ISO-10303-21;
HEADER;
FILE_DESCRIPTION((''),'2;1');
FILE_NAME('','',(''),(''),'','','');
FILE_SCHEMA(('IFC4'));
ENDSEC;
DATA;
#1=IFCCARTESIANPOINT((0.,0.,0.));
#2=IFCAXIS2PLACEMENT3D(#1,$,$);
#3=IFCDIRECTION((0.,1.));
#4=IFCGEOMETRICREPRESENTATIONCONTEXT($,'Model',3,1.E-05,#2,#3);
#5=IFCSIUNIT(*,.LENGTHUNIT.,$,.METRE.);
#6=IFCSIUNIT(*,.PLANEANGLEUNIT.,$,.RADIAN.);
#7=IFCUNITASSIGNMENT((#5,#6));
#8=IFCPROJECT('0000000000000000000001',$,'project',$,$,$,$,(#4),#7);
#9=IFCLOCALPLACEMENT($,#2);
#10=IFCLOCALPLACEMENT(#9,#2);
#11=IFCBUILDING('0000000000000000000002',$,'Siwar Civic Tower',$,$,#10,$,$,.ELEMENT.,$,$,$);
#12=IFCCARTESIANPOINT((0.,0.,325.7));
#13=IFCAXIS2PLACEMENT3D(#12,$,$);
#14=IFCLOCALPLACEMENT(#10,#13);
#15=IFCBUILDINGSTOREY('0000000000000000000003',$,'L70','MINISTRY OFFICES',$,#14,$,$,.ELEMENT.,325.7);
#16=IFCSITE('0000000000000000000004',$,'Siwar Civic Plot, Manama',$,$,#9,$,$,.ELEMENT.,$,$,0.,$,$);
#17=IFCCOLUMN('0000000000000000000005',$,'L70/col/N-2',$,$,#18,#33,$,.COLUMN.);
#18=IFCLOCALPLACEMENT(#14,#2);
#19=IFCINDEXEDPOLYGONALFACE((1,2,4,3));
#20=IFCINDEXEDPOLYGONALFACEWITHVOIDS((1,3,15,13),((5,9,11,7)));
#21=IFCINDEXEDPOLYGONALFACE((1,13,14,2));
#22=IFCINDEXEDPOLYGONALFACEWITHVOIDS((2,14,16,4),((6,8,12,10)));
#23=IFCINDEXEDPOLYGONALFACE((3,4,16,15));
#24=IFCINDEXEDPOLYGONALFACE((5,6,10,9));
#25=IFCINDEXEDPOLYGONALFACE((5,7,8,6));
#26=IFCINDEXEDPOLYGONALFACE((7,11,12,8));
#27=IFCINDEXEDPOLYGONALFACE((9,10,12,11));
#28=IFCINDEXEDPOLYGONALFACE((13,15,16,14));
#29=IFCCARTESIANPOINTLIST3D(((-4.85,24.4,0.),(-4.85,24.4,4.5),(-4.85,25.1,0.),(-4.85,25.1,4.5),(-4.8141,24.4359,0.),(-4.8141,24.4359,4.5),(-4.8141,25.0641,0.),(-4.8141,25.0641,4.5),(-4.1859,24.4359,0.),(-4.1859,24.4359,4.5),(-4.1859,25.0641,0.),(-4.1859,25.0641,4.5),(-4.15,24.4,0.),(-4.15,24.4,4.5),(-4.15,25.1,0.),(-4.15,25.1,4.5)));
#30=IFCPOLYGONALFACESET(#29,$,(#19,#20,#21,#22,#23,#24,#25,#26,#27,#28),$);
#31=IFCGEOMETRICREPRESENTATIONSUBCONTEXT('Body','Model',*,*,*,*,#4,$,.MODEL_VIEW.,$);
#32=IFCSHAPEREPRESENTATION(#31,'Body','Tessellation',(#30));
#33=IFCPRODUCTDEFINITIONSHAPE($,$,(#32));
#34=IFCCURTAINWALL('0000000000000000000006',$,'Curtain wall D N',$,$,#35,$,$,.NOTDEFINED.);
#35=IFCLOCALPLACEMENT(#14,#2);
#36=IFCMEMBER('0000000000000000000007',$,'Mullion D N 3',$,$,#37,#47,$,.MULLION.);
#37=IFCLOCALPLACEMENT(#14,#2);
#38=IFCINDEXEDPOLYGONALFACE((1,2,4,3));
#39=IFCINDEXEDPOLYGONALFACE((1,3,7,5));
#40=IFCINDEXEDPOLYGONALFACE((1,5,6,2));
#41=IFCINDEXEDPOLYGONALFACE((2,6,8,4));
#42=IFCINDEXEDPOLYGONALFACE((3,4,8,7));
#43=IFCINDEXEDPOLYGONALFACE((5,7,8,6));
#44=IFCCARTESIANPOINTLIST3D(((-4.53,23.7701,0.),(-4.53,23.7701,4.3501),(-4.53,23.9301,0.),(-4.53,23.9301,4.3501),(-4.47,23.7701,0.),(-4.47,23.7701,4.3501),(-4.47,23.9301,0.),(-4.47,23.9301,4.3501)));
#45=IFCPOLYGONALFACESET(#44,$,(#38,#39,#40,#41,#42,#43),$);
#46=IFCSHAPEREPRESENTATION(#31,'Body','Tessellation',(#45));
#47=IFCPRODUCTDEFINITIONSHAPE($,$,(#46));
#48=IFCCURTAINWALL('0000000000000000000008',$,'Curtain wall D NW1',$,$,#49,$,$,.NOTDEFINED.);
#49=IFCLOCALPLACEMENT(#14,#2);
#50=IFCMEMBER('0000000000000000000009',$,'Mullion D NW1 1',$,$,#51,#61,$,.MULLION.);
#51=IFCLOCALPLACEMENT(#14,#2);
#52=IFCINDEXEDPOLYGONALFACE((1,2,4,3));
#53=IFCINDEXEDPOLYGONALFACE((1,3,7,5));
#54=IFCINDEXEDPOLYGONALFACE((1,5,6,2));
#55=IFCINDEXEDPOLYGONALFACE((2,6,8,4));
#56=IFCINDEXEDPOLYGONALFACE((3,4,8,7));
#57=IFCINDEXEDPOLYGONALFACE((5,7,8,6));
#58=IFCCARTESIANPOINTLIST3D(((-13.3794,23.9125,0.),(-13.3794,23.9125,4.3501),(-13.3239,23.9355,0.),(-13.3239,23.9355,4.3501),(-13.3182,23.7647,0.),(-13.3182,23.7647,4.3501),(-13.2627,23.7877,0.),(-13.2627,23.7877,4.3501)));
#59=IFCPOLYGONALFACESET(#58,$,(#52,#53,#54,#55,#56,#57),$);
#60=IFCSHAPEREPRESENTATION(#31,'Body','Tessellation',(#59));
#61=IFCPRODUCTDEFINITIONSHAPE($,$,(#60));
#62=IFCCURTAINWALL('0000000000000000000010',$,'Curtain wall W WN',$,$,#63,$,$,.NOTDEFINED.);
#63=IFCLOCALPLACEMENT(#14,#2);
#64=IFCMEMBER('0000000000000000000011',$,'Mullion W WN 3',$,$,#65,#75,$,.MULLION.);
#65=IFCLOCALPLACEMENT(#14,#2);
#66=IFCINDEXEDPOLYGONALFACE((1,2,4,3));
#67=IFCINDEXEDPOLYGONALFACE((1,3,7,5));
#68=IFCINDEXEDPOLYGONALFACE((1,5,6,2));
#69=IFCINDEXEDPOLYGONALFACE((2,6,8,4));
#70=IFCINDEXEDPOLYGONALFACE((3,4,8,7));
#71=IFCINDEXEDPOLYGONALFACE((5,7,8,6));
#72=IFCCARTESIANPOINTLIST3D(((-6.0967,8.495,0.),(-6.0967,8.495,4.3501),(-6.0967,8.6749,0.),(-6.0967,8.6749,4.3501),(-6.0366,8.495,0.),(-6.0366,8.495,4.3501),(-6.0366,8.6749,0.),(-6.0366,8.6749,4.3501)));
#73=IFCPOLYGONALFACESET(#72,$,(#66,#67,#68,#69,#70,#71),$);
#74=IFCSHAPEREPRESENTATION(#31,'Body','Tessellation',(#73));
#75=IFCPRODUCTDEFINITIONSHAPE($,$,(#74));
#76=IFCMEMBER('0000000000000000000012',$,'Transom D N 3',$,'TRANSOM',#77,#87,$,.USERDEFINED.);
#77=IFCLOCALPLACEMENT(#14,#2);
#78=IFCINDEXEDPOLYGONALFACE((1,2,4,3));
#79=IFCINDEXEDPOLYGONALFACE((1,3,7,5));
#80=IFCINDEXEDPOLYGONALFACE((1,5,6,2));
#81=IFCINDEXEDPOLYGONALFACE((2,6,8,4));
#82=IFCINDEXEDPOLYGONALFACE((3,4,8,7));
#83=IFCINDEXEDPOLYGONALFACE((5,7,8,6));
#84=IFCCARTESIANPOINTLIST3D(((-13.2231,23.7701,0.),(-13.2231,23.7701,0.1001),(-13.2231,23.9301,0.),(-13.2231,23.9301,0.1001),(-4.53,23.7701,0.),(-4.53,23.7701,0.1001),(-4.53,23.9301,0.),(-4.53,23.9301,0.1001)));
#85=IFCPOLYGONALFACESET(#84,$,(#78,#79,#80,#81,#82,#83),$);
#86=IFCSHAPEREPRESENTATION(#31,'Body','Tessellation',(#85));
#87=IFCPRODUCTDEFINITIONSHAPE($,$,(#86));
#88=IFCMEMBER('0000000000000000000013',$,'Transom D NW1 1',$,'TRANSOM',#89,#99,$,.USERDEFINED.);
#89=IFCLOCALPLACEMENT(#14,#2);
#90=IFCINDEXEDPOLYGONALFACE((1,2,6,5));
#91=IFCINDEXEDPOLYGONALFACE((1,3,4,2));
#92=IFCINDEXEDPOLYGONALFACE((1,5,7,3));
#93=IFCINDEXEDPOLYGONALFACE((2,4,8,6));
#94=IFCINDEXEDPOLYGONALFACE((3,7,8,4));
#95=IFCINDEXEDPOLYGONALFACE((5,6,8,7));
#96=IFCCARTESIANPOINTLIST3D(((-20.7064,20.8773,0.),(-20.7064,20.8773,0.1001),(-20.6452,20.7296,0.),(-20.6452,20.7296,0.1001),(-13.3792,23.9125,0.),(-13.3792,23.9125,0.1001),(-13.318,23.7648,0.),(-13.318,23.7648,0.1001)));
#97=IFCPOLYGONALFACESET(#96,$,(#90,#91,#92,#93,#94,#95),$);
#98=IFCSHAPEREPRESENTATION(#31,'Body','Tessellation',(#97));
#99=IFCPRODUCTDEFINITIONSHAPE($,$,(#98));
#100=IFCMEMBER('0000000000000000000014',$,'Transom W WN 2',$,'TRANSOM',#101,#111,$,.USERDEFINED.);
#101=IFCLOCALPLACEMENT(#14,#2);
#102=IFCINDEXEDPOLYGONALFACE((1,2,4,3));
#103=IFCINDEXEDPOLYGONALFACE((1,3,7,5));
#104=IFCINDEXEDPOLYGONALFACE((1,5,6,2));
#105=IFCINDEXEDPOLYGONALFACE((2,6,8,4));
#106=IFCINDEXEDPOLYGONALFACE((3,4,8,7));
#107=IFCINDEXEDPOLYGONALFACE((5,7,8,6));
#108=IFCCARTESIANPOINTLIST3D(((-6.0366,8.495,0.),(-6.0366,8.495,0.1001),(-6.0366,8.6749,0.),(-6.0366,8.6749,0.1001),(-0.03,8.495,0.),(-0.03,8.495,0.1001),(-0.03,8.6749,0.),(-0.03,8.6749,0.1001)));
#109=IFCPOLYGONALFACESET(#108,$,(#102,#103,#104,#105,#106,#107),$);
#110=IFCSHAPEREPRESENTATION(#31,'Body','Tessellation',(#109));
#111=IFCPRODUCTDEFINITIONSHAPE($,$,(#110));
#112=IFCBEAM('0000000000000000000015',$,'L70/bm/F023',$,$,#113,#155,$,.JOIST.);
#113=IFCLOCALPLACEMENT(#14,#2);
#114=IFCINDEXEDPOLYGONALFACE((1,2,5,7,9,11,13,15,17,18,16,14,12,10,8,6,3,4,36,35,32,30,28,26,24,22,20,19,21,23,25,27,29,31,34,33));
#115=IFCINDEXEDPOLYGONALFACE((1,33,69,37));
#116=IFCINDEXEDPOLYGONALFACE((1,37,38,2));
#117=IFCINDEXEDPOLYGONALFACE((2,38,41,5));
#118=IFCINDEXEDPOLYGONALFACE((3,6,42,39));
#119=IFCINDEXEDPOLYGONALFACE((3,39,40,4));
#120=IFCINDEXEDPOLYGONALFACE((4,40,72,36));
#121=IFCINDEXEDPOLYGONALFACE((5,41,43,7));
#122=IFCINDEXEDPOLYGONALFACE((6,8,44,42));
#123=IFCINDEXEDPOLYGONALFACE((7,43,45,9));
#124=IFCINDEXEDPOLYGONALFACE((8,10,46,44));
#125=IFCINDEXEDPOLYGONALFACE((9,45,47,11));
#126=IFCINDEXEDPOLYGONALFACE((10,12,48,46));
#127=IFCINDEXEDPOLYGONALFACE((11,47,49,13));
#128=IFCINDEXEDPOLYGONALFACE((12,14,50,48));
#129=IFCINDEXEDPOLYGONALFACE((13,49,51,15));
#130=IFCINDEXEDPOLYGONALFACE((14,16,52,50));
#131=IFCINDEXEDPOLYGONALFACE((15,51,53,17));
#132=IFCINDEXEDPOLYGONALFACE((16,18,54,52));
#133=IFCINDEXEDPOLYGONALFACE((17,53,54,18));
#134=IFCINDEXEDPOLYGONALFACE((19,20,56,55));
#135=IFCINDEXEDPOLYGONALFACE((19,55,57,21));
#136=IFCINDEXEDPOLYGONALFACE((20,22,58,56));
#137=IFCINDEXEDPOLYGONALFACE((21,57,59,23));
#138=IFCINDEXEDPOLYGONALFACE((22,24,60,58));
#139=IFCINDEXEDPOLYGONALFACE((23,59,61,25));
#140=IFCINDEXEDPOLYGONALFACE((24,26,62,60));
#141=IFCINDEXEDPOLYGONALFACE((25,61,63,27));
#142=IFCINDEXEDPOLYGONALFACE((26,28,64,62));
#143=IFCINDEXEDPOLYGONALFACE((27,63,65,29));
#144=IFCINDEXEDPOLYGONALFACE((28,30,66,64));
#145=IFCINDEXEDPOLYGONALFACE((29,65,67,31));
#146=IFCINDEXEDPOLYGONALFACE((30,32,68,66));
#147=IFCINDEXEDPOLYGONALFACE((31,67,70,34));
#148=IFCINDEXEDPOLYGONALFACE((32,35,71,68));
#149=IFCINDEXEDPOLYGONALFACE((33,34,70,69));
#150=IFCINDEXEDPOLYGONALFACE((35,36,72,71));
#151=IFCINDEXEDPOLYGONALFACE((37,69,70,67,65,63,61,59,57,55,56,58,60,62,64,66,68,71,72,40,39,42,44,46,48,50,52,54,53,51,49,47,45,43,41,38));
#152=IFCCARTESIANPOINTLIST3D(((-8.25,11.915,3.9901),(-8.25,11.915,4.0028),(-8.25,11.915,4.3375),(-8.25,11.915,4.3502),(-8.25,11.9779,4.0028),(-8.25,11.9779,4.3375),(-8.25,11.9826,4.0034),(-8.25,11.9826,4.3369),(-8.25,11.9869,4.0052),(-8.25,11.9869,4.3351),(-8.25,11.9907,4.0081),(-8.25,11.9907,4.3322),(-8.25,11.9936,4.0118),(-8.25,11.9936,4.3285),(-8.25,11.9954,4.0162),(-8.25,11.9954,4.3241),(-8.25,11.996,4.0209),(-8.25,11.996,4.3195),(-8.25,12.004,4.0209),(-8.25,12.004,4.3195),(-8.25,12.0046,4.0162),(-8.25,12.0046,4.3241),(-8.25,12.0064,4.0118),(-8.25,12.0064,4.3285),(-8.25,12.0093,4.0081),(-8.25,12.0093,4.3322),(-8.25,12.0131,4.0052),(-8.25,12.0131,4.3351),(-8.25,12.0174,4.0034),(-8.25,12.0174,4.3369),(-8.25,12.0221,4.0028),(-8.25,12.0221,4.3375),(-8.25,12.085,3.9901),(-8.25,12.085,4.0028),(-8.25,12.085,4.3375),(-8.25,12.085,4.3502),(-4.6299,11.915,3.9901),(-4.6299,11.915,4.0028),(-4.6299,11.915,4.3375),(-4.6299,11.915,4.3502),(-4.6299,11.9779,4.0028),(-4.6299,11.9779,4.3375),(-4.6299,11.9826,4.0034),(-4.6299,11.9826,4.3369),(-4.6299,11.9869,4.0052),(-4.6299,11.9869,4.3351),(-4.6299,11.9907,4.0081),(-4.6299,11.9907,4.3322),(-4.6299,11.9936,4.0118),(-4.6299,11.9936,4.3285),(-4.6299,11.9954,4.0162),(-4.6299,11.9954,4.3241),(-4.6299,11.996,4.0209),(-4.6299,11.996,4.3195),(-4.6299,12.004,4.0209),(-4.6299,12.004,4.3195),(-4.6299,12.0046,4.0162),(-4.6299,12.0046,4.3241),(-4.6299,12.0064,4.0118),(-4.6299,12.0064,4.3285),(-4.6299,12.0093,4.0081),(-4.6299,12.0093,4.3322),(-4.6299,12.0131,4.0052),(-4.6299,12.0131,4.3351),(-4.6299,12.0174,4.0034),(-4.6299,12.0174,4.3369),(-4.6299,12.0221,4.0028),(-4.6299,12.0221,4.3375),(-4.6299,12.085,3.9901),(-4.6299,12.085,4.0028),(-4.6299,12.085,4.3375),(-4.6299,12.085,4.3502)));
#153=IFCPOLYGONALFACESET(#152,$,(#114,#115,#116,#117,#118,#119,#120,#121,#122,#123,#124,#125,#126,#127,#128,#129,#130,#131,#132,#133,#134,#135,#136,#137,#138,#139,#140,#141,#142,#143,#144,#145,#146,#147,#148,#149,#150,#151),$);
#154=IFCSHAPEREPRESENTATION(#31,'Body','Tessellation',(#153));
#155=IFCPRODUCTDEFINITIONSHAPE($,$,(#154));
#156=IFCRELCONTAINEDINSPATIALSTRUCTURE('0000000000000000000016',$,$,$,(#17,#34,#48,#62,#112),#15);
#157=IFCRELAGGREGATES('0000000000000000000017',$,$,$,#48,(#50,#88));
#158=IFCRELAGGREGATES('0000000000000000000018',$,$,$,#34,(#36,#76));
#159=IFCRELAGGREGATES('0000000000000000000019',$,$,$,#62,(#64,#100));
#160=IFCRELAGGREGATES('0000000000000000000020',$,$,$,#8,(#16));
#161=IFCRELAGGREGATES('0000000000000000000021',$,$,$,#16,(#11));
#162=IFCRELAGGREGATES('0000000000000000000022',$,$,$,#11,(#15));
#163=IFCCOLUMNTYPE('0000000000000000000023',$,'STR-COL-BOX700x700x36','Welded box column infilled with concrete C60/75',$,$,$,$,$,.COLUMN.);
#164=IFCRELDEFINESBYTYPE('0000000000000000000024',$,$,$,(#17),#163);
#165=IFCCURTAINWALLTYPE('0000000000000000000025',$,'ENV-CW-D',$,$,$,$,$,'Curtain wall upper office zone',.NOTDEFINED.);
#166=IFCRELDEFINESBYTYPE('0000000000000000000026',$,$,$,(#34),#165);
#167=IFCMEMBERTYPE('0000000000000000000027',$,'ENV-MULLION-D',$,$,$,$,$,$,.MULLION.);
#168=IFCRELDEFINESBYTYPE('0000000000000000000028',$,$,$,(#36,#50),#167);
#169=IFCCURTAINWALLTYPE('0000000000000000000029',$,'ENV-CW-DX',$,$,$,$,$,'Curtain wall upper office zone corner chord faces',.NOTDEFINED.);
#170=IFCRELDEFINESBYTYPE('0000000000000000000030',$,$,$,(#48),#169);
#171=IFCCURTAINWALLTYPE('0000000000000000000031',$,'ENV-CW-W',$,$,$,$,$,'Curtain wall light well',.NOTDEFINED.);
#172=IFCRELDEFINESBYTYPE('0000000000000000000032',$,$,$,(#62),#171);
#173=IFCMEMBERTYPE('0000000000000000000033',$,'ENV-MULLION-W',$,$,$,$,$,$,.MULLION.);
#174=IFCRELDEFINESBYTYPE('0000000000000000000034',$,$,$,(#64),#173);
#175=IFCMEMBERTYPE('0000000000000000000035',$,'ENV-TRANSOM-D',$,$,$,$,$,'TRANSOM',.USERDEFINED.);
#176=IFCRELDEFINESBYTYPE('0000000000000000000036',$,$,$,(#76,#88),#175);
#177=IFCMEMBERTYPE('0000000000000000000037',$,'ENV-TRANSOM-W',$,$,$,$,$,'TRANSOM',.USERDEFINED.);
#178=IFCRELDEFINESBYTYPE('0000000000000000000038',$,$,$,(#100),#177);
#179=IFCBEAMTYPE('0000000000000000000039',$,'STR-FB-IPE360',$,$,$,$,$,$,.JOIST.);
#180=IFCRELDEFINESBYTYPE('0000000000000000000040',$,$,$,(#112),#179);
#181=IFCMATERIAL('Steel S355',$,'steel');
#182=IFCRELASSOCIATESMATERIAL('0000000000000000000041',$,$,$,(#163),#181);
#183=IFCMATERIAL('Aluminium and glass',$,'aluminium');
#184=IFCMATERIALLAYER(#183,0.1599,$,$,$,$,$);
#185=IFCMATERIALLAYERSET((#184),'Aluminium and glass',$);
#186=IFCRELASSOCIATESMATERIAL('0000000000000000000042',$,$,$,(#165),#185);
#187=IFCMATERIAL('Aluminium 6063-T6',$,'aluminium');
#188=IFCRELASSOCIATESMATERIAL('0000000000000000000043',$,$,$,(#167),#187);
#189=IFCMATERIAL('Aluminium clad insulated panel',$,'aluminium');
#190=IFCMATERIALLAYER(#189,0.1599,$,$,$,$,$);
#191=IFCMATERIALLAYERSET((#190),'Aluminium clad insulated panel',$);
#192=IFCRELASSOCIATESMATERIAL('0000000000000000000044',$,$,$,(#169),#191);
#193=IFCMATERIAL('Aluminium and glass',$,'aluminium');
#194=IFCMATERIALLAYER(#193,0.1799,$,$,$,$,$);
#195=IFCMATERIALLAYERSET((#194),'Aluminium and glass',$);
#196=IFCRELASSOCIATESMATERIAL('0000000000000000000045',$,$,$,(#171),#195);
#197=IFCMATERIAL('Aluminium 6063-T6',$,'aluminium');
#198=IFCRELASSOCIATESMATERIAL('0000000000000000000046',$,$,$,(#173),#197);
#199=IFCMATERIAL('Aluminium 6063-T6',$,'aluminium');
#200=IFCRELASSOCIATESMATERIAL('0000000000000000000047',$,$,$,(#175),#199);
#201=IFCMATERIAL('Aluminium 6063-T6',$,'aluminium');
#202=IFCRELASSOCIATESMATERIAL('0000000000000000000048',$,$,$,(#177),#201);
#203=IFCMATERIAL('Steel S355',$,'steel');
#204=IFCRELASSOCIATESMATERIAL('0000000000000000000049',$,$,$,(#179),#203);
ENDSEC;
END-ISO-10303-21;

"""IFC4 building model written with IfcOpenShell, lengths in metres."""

from ifc_helpers import new_model, si_unit, direction, frame, origin, origin_2d, place, context, subcontext, project, spatial, rectangle, hollow_rectangle, i_section, extrude, material, layer, layer_set, material_profile, profile_set, type_object, element, aggregate, save


model = new_model("IFC4")

# Units and contexts
model_context = context("Model", 3, precision=1e-05, world=origin(), true_north=direction((0.0, 1.0)))
body_context = subcontext(model_context, "Body", "Model", "MODEL_VIEW")
ifc_project = project(units=[si_unit("LENGTHUNIT", "METRE"), si_unit("PLANEANGLEUNIT", "RADIAN")], contexts=[model_context])

# Site, building, storey
site_placement = place(None, origin())
site = spatial("IfcSite", under=ifc_project, at=site_placement, Name="Siwar Civic Plot, Manama", CompositionType="ELEMENT", RefElevation=0.0)
building_placement = place(site_placement, origin())
building = spatial("IfcBuilding", under=site, at=building_placement, Name="Siwar Civic Tower", CompositionType="ELEMENT")
storey_placement = place(building_placement, frame((0.0, 0.0, 325.7)))
storey = spatial("IfcBuildingStorey", under=building, at=storey_placement, Name="L70", Description="MINISTRY OFFICES", CompositionType="ELEMENT", Elevation=325.7)

# Column
ifc_material_1 = material(Name="Steel S355", Category="steel")
ifc_material_profile_1 = material_profile(ifc_material_1, hollow_rectangle(XDim=0.7, YDim=0.7, WallThickness=0.0359, at=origin_2d()), Name="BOX700x700x36")
ifc_profile_set_1 = profile_set([ifc_material_profile_1], Name="Steel S355")
column_type = type_object("IfcColumnType", Name="STR-COL-BOX700x700x36", Description="Welded box column infilled with concrete C60/75", PredefinedType="COLUMN", material=ifc_profile_set_1)
column_placement = place(storey_placement, frame((-4.5, 24.75, 0.0), z_axis=(0.0, 0.0, 1.0), x_axis=(1.0, 0.0, 0.0)))
element("IfcColumn", 1, at=column_placement, inside=storey, type_object=column_type, Name="L70/col/N-2", PredefinedType="COLUMN", context=body_context, shape_type="SweptSolid", body=[
    extrude(hollow_rectangle(XDim=0.7, YDim=0.7, WallThickness=0.0359, at=origin_2d()), origin(), (0.0, 0.0, 1.0), 4.5),
])

# Curtain walls, members
ifc_material_2 = material(Name="Aluminium and glass", Category="aluminium")
ifc_layer_1 = layer(ifc_material_2, 0.1599)
ifc_layer_set_1 = layer_set([ifc_layer_1], Name="Aluminium and glass")
curtain_wall_type_1 = type_object("IfcCurtainWallType", Name="ENV-CW-D", ElementType="Curtain wall upper office zone", PredefinedType="NOTDEFINED", material=ifc_layer_set_1)
curtain_wall_1_placement = place(storey_placement, origin())
curtain_wall_1 = element("IfcCurtainWall", 2, at=curtain_wall_1_placement, inside=storey, type_object=curtain_wall_type_1, Name="Curtain wall D N", PredefinedType="NOTDEFINED")
ifc_material_3 = material(Name="Aluminium 6063-T6", Category="aluminium")
ifc_material_profile_2 = material_profile(ifc_material_3, rectangle(XDim=0.1599, YDim=0.0601, at=origin_2d()), Name="AL 160x60")
ifc_profile_set_2 = profile_set([ifc_material_profile_2], Name="Aluminium 6063-T6")
member_type_1 = type_object("IfcMemberType", Name="ENV-MULLION-D", PredefinedType="MULLION", material=ifc_profile_set_2)
member_1_placement = place(storey_placement, frame((-4.5, 23.8501, 0.0), z_axis=(0.0, 0.0, 1.0), x_axis=(0.0, -1.0, 0.0)))
member_1 = element("IfcMember", 3, at=member_1_placement, type_object=member_type_1, Name="Mullion D N 3", PredefinedType="MULLION", context=body_context, shape_type="SweptSolid", body=[
    extrude(rectangle(XDim=0.1599, YDim=0.0601, at=origin_2d()), origin(), (0.0, 0.0, 1.0), 4.3501),
])
ifc_material_4 = material(Name="Aluminium clad insulated panel", Category="aluminium")
ifc_layer_2 = layer(ifc_material_4, 0.1599)
ifc_layer_set_2 = layer_set([ifc_layer_2], Name="Aluminium clad insulated panel")
curtain_wall_type_2 = type_object("IfcCurtainWallType", Name="ENV-CW-DX", ElementType="Curtain wall upper office zone corner chord faces", PredefinedType="NOTDEFINED", material=ifc_layer_set_2)
curtain_wall_2_placement = place(storey_placement, origin())
curtain_wall_2 = element("IfcCurtainWall", 4, at=curtain_wall_2_placement, inside=storey, type_object=curtain_wall_type_2, Name="Curtain wall D NW1", PredefinedType="NOTDEFINED")
member_2_placement = place(storey_placement, frame((-13.321, 23.8501, 0.0), z_axis=(0.0, 0.0, 1.0), x_axis=(0.382683, -0.92388, 0.0)))
member_2 = element("IfcMember", 5, at=member_2_placement, type_object=member_type_1, Name="Mullion D NW1 1", PredefinedType="MULLION", context=body_context, shape_type="SweptSolid", body=[
    extrude(rectangle(XDim=0.1599, YDim=0.0601, at=origin_2d()), origin(), (0.0, 0.0, 1.0), 4.3501),
])
ifc_material_5 = material(Name="Aluminium and glass", Category="aluminium")
ifc_layer_3 = layer(ifc_material_5, 0.1799)
ifc_layer_set_3 = layer_set([ifc_layer_3], Name="Aluminium and glass")
curtain_wall_type_3 = type_object("IfcCurtainWallType", Name="ENV-CW-W", ElementType="Curtain wall light well", PredefinedType="NOTDEFINED", material=ifc_layer_set_3)
curtain_wall_3_placement = place(storey_placement, origin())
curtain_wall_3 = element("IfcCurtainWall", 6, at=curtain_wall_3_placement, inside=storey, type_object=curtain_wall_type_3, Name="Curtain wall W WN", PredefinedType="NOTDEFINED")
ifc_material_6 = material(Name="Aluminium 6063-T6", Category="aluminium")
ifc_material_profile_3 = material_profile(ifc_material_6, rectangle(XDim=0.1799, YDim=0.0601, at=origin_2d()), Name="AL 180x60")
ifc_profile_set_3 = profile_set([ifc_material_profile_3], Name="Aluminium 6063-T6")
member_type_2 = type_object("IfcMemberType", Name="ENV-MULLION-W", PredefinedType="MULLION", material=ifc_profile_set_3)
member_3_placement = place(storey_placement, frame((-6.0667, 8.585, 0.0), z_axis=(0.0, 0.0, 1.0), x_axis=(0.0, -1.0, 0.0)))
member_3 = element("IfcMember", 7, at=member_3_placement, type_object=member_type_2, Name="Mullion W WN 3", PredefinedType="MULLION", context=body_context, shape_type="SweptSolid", body=[
    extrude(rectangle(XDim=0.1799, YDim=0.0601, at=origin_2d()), origin(), (0.0, 0.0, 1.0), 4.3501),
])

# Members
ifc_material_7 = material(Name="Aluminium 6063-T6", Category="aluminium")
ifc_material_profile_4 = material_profile(ifc_material_7, rectangle(XDim=0.1599, YDim=0.1001, at=origin_2d()), Name="AL 160x100")
ifc_profile_set_4 = profile_set([ifc_material_profile_4], Name="Aluminium 6063-T6")
member_type_3 = type_object("IfcMemberType", Name="ENV-TRANSOM-D", ElementType="TRANSOM", PredefinedType="USERDEFINED", material=ifc_profile_set_4)
member_4_placement = place(storey_placement, frame((-4.53, 23.8501, 0.05), z_axis=(-1.0, 0.0, 0.0), x_axis=(0.0, -1.0, 0.0)))
member_4 = element("IfcMember", 8, at=member_4_placement, type_object=member_type_3, Name="Transom D N 3", ObjectType="TRANSOM", PredefinedType="USERDEFINED", context=body_context, shape_type="SweptSolid", body=[
    extrude(rectangle(XDim=0.1599, YDim=0.1001, at=origin_2d()), origin(), (0.0, 0.0, 1.0), 8.6931),
])
member_5_placement = place(storey_placement, frame((-13.3486, 23.8386, 0.05), z_axis=(-0.923873, -0.3827, 0.0), x_axis=(0.3827, -0.923873, 0.0)))
member_5 = element("IfcMember", 9, at=member_5_placement, type_object=member_type_3, Name="Transom D NW1 1", ObjectType="TRANSOM", PredefinedType="USERDEFINED", context=body_context, shape_type="SweptSolid", body=[
    extrude(rectangle(XDim=0.1599, YDim=0.1001, at=origin_2d()), origin(), (0.0, 0.0, 1.0), 7.9309),
])
aggregate(curtain_wall_2, [member_2, member_5])
ifc_material_8 = material(Name="Aluminium 6063-T6", Category="aluminium")
ifc_material_profile_5 = material_profile(ifc_material_8, rectangle(XDim=0.1799, YDim=0.1001, at=origin_2d()), Name="AL 180x100")
ifc_profile_set_5 = profile_set([ifc_material_profile_5], Name="Aluminium 6063-T6")
member_type_4 = type_object("IfcMemberType", Name="ENV-TRANSOM-W", ElementType="TRANSOM", PredefinedType="USERDEFINED", material=ifc_profile_set_5)
member_6_placement = place(storey_placement, frame((-0.03, 8.585, 0.05), z_axis=(-1.0, 0.0, 0.0), x_axis=(0.0, -1.0, 0.0)))
member_6 = element("IfcMember", 10, at=member_6_placement, type_object=member_type_4, Name="Transom W WN 2", ObjectType="TRANSOM", PredefinedType="USERDEFINED", context=body_context, shape_type="SweptSolid", body=[
    extrude(rectangle(XDim=0.1799, YDim=0.1001, at=origin_2d()), origin(), (0.0, 0.0, 1.0), 6.0066),
])

# Beam
ifc_material_9 = material(Name="Steel S355", Category="steel")
ifc_material_profile_6 = material_profile(ifc_material_9, i_section(OverallWidth=0.1699, OverallDepth=0.3601, WebThickness=0.0081, FlangeThickness=0.0127, FilletRadius=0.0181, at=origin_2d()), Name="IPE360")
ifc_profile_set_6 = profile_set([ifc_material_profile_6], Name="Steel S355")
beam_type_1 = type_object("IfcBeamType", Name="STR-FB-IPE360", PredefinedType="JOIST", material=ifc_profile_set_6)
beam_1_placement = place(storey_placement, frame((-8.25, 12.0, 4.1702), z_axis=(1.0, 0.0, 0.0), x_axis=(0.0, 1.0, 0.0)))
element("IfcBeam", 11, at=beam_1_placement, inside=storey, type_object=beam_type_1, Name="L70/bm/F023", PredefinedType="JOIST", context=body_context, shape_type="SweptSolid", body=[
    extrude(i_section(OverallWidth=0.1699, OverallDepth=0.3601, WebThickness=0.0081, FlangeThickness=0.0127, FilletRadius=0.0181, at=origin_2d()), origin(), (0.0, 0.0, 1.0), 3.6201),
])

aggregate(curtain_wall_1, [member_1, member_4])
aggregate(curtain_wall_3, [member_3, member_6])

save(model, "model.ifc")
